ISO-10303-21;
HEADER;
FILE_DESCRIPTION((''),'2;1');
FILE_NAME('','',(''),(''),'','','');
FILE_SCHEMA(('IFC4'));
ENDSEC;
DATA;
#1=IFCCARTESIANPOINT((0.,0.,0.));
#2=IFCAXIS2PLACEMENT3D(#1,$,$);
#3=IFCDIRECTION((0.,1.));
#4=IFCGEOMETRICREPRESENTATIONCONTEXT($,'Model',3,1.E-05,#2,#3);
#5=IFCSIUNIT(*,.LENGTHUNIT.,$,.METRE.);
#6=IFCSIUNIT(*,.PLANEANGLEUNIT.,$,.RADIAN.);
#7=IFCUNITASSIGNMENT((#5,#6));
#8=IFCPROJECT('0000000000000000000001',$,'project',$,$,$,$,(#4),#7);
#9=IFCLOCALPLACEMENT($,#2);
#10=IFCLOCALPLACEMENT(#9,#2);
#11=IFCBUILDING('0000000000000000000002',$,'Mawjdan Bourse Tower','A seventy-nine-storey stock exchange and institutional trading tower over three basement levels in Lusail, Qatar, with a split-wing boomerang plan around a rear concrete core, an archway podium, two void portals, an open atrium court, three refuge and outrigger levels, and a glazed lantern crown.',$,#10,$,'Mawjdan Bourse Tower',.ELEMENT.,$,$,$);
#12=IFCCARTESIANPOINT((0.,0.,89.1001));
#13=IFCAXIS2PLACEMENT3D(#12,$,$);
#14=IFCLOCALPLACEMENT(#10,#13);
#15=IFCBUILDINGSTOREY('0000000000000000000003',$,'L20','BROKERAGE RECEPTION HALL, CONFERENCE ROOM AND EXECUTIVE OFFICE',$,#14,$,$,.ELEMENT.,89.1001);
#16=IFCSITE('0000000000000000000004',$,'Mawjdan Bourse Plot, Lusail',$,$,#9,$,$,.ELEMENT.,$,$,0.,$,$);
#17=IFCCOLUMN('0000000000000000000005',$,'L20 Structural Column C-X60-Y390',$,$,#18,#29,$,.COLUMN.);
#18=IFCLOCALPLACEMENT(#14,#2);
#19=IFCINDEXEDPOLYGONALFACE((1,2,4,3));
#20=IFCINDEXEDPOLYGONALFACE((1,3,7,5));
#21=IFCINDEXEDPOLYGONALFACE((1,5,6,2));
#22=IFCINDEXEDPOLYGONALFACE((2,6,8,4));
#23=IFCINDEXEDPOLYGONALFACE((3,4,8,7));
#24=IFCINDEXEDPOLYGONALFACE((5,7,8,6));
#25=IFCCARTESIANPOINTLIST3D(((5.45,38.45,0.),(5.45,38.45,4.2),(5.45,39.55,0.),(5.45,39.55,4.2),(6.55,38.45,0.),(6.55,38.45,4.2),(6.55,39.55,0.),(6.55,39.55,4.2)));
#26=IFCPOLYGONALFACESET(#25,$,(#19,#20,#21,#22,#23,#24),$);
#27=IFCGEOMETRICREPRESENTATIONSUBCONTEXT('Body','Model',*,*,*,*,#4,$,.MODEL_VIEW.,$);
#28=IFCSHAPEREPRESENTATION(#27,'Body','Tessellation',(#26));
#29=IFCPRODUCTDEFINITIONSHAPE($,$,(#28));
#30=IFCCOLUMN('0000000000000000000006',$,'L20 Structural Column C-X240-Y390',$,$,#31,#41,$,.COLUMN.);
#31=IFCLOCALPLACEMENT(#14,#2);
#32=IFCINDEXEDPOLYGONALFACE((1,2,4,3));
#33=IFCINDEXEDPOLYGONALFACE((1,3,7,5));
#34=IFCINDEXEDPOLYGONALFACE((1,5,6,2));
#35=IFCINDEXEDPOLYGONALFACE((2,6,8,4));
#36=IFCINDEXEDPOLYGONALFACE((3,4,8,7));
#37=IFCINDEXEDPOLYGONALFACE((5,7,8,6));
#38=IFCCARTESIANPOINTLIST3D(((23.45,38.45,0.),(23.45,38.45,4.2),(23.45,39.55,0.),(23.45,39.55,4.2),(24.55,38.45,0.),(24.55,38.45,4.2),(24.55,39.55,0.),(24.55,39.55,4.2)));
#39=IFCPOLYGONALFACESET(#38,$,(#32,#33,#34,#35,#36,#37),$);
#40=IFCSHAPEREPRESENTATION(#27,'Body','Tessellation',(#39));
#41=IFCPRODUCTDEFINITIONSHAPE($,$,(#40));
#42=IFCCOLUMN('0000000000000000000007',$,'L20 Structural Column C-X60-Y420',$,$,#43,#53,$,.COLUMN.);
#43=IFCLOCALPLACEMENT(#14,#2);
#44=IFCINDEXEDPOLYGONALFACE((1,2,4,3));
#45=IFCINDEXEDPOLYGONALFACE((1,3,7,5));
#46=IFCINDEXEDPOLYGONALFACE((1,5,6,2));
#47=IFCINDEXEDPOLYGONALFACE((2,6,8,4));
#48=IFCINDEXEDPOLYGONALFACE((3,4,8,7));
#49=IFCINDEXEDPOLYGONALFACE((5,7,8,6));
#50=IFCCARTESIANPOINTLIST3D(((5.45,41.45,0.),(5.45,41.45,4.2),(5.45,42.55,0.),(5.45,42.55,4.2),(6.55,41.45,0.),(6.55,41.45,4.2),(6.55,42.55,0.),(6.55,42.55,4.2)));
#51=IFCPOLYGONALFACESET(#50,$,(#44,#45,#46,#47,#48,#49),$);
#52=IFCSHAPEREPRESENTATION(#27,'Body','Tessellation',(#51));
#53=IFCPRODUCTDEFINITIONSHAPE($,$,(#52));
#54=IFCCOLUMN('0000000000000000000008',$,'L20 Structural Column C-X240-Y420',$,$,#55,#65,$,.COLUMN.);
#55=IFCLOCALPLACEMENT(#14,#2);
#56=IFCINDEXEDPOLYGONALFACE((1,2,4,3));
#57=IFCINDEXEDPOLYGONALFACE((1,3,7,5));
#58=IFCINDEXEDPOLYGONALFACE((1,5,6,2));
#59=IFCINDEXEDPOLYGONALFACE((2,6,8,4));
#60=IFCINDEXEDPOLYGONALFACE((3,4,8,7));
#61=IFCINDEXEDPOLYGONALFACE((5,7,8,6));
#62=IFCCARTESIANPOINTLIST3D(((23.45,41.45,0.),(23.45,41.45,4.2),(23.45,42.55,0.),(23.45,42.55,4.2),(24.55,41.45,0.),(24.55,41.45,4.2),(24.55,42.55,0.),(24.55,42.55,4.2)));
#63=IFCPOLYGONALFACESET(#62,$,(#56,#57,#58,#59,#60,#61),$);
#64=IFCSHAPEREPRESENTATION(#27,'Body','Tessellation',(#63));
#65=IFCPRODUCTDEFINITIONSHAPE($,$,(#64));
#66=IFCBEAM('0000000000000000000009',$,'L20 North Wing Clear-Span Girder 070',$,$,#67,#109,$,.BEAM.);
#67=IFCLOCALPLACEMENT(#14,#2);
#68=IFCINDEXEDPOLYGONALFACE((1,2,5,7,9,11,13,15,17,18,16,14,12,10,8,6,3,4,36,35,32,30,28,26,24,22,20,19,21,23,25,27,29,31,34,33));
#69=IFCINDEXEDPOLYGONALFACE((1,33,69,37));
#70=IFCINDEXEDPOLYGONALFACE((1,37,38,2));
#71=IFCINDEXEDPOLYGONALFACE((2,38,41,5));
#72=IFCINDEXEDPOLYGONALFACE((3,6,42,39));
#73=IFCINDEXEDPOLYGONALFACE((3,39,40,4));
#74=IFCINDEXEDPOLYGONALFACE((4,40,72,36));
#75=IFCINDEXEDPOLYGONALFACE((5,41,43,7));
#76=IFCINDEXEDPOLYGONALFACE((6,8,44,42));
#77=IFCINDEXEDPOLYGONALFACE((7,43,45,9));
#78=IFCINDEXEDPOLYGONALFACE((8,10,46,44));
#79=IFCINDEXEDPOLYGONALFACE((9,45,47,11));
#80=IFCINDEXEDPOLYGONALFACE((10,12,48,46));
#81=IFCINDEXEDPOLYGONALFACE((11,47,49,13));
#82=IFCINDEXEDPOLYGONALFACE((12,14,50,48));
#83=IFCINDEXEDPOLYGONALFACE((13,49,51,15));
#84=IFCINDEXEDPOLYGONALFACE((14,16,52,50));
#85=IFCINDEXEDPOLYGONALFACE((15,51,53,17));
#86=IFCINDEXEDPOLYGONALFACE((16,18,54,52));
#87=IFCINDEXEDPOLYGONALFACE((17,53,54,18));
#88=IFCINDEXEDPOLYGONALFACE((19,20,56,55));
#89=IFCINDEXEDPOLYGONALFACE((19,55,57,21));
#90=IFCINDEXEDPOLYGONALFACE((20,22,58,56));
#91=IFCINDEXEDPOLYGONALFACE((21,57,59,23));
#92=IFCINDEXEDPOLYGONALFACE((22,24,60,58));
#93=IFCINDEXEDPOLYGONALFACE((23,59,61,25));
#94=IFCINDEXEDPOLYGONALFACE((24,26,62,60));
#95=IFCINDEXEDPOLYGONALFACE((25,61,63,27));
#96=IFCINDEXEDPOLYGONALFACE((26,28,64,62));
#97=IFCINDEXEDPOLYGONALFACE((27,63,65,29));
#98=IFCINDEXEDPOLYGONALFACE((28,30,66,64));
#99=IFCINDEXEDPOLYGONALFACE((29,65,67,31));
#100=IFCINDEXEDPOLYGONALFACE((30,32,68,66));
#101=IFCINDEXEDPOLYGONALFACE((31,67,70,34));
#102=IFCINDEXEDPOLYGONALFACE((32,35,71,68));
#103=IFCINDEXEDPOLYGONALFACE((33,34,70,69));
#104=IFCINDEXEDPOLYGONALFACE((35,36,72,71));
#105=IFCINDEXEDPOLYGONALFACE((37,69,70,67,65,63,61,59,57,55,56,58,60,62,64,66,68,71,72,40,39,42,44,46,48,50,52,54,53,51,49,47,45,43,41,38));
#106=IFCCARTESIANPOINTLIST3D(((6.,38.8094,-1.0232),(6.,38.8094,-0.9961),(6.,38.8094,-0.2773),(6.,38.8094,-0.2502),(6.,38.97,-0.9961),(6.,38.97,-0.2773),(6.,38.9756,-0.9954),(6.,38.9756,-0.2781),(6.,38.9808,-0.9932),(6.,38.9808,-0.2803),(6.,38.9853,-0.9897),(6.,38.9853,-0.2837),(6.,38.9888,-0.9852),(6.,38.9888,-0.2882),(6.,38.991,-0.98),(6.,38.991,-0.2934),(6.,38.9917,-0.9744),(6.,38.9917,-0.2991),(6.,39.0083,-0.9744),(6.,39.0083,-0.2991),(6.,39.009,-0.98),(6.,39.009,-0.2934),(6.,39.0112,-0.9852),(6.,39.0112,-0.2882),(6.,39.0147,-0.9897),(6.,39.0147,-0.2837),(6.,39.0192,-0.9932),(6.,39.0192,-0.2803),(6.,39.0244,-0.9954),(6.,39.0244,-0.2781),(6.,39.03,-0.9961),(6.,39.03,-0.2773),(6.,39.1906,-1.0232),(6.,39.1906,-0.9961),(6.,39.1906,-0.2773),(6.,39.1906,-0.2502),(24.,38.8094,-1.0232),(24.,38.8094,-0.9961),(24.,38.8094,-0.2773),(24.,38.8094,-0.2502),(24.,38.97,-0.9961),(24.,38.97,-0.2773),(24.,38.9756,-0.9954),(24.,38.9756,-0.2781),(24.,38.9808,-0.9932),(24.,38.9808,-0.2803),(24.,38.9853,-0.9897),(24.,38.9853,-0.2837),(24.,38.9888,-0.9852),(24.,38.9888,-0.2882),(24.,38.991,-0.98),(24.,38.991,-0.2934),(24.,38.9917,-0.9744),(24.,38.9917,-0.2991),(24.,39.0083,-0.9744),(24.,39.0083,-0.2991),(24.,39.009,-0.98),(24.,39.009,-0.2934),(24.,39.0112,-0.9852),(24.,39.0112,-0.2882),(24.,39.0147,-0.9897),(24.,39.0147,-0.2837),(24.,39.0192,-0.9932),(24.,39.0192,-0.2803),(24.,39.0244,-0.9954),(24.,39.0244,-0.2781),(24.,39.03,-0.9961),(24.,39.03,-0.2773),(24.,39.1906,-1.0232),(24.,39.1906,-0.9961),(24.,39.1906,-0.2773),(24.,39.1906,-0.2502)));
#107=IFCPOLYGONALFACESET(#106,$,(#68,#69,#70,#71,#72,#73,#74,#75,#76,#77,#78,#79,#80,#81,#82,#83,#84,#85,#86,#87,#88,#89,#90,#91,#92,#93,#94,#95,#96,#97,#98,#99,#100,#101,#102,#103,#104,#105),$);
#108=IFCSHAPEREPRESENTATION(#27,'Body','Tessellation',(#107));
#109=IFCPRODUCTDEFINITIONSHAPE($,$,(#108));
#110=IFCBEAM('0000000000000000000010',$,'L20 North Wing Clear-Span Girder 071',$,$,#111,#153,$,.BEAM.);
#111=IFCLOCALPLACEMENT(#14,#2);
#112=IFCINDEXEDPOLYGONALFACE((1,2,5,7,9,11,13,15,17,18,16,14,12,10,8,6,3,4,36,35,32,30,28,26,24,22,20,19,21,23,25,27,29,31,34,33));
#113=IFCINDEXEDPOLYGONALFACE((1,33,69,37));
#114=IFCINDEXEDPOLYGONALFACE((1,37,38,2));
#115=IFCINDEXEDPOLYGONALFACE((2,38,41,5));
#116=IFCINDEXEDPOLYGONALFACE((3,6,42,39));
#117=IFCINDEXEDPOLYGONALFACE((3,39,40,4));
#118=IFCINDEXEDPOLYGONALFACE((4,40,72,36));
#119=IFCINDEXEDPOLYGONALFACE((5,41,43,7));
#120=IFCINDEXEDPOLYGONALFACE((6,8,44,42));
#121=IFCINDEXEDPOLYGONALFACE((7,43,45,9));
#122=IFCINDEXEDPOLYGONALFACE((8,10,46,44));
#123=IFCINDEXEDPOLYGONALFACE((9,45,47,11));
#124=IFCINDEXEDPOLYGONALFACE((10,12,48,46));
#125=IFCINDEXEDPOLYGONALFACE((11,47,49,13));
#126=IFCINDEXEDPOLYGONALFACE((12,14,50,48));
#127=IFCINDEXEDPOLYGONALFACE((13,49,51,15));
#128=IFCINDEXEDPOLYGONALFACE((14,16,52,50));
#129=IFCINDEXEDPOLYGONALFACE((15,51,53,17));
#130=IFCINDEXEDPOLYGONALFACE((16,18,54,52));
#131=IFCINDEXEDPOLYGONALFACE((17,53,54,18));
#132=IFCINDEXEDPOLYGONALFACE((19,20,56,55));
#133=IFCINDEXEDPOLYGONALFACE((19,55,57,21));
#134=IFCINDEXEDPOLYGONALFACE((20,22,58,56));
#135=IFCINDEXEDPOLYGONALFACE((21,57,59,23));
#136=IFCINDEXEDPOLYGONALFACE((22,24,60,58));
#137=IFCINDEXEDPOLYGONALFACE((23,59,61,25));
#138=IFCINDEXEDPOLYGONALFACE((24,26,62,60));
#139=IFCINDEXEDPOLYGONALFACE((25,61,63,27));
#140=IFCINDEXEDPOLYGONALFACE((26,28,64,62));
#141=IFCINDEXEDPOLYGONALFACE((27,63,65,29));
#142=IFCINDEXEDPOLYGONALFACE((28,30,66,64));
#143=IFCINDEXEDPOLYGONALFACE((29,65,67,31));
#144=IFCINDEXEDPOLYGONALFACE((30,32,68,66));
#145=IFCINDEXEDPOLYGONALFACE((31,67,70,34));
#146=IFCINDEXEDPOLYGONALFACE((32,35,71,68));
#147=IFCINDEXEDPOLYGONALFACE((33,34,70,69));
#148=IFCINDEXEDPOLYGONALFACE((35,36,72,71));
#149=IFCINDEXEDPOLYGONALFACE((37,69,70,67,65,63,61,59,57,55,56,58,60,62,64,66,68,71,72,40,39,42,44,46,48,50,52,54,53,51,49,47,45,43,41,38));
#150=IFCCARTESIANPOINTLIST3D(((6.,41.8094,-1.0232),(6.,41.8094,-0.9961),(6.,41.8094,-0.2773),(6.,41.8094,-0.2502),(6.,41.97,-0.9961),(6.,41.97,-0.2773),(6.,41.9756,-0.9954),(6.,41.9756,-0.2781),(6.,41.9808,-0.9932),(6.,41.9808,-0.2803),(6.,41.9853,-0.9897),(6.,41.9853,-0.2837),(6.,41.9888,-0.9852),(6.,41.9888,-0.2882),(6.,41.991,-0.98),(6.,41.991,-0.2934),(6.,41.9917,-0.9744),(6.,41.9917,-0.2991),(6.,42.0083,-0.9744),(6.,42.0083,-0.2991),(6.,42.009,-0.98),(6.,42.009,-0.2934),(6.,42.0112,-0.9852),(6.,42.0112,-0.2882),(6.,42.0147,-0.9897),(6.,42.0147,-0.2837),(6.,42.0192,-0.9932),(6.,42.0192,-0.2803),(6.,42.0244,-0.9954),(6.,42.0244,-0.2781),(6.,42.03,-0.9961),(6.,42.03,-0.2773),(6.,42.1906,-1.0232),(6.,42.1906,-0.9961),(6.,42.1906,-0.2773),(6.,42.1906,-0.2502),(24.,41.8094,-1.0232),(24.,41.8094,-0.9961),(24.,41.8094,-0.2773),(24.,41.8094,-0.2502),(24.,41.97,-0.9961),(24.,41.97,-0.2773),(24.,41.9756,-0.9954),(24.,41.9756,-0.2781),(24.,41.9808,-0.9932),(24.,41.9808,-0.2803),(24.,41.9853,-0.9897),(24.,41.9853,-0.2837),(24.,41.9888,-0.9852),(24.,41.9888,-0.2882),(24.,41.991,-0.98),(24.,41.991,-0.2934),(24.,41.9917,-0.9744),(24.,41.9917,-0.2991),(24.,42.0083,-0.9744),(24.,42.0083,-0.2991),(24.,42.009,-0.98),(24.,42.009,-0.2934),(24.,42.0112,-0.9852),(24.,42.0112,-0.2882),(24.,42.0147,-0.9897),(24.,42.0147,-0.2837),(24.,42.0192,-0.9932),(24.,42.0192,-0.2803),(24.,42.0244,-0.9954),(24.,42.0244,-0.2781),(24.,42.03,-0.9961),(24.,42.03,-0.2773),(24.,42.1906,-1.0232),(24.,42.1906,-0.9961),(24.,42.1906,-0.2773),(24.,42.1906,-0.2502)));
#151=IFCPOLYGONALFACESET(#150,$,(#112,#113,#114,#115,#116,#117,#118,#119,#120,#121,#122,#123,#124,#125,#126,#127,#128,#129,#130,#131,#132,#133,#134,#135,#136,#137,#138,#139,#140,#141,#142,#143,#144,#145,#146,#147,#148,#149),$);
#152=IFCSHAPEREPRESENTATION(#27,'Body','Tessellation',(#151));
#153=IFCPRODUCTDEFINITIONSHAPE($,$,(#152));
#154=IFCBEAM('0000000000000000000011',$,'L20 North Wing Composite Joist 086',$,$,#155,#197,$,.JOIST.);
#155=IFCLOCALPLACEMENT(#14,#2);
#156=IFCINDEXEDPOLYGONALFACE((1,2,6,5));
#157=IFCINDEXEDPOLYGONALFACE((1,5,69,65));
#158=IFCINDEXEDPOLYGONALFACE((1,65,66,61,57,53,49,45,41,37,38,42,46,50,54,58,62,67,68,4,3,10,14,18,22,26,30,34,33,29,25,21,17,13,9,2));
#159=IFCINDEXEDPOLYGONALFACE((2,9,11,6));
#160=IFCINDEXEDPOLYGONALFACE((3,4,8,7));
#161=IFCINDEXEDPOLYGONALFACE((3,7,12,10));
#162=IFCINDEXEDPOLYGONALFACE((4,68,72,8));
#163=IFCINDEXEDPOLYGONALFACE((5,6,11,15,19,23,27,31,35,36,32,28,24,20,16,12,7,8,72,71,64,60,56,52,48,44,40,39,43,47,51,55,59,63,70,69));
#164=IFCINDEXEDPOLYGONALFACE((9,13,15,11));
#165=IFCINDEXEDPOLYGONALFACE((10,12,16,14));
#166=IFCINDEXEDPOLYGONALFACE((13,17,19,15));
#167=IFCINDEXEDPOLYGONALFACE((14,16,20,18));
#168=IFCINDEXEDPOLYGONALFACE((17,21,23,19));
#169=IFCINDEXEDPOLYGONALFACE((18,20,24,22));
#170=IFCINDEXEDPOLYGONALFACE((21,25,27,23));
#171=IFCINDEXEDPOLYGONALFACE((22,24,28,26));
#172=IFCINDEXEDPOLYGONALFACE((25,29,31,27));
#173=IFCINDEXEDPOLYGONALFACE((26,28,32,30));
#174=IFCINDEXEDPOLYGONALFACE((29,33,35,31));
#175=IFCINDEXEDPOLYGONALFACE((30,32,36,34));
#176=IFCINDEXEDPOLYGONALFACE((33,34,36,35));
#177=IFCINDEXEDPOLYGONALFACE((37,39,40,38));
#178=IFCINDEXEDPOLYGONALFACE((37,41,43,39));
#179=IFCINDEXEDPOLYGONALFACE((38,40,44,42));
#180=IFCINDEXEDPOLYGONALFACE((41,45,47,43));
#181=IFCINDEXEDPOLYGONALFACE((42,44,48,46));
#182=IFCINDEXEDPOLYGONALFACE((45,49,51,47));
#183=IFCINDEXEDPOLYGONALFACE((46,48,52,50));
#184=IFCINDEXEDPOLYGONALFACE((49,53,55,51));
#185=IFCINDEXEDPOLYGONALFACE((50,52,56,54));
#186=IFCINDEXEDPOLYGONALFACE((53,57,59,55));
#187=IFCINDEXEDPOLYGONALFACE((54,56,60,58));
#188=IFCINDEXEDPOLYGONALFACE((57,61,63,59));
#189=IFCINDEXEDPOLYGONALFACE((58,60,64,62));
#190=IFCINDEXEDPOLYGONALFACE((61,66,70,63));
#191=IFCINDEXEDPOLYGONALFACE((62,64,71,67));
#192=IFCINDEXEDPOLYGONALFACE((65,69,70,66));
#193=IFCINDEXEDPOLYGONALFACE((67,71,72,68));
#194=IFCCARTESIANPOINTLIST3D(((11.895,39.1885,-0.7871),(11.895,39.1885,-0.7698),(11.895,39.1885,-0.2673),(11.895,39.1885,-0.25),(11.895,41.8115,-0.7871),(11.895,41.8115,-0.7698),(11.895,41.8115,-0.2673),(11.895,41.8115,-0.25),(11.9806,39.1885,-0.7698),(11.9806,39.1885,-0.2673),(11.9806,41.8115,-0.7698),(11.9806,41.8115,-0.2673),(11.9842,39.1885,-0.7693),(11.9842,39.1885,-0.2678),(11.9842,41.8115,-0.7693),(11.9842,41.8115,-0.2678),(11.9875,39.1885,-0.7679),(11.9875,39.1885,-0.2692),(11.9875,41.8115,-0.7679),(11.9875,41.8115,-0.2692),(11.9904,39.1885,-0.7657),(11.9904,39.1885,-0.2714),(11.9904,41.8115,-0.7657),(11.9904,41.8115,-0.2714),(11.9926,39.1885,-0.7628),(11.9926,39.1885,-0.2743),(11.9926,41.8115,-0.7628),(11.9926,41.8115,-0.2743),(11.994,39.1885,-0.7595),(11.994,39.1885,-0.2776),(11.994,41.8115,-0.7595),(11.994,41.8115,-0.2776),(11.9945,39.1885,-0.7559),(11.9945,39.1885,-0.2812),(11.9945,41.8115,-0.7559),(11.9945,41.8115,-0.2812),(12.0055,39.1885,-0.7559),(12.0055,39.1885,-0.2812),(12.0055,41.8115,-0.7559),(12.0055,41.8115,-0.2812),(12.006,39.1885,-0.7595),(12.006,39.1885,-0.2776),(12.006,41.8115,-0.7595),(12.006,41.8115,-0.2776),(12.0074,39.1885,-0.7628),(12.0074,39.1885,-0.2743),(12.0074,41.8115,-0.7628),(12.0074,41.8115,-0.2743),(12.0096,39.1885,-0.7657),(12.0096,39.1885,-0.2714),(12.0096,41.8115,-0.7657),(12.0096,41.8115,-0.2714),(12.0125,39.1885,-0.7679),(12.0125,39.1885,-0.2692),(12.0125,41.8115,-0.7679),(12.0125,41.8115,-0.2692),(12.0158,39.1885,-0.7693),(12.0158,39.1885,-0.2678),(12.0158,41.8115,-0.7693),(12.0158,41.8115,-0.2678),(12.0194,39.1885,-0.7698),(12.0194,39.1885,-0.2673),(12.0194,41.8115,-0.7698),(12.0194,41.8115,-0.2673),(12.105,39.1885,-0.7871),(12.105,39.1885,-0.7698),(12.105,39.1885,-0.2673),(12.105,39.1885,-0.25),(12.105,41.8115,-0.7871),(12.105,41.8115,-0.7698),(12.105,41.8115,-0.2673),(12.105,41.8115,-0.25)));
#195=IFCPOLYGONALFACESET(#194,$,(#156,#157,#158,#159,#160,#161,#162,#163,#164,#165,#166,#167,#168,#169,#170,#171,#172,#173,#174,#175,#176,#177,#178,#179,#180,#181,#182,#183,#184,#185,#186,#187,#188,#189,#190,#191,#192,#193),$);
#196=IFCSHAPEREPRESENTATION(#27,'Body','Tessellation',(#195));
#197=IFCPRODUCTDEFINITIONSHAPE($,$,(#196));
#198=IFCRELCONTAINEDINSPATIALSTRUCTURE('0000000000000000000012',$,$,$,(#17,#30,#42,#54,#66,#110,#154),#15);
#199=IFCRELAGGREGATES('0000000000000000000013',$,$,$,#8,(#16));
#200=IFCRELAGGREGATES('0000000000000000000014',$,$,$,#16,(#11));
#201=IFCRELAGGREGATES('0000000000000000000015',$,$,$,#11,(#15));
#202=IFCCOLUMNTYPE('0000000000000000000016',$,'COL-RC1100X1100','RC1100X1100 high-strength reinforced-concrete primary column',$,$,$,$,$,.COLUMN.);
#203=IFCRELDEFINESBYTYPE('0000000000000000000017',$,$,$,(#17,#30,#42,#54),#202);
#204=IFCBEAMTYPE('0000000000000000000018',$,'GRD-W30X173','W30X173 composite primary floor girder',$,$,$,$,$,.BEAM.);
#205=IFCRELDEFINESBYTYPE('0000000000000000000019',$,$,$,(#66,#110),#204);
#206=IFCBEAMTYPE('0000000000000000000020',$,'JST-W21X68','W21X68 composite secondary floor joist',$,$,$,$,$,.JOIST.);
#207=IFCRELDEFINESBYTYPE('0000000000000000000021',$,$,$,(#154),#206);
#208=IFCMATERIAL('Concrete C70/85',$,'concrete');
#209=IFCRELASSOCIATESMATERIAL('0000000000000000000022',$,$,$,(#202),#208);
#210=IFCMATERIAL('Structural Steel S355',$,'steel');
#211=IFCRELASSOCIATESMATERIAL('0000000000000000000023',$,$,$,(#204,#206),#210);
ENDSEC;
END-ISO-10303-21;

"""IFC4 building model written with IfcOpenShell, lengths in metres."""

from ifc_helpers import new_model, si_unit, direction, frame, origin, origin_2d, place, context, subcontext, project, spatial, rectangle, i_section, extrude, material, material_profile, profile_set, type_object, element, save


model = new_model("IFC4")

# Units and contexts
model_context = context("Model", 3, precision=1e-05, world=origin(), true_north=direction((0.0, 1.0)))
body_context = subcontext(model_context, "Body", "Model", "MODEL_VIEW")
ifc_project = project(units=[si_unit("LENGTHUNIT", "METRE"), si_unit("PLANEANGLEUNIT", "RADIAN")], contexts=[model_context])

# Site, building, storey
site_placement = place(None, origin())
site = spatial("IfcSite", under=ifc_project, at=site_placement, Name="Mawjdan Bourse Plot, Lusail", CompositionType="ELEMENT", RefElevation=0.0)
building_placement = place(site_placement, origin())
building = spatial("IfcBuilding", under=site, at=building_placement, Name="Mawjdan Bourse Tower", Description="A seventy-nine-storey stock exchange and institutional trading tower over three basement levels in Lusail, Qatar, with a split-wing boomerang plan around a rear concrete core, an archway podium, two void portals, an open atrium court, three refuge and outrigger levels, and a glazed lantern crown.", LongName="Mawjdan Bourse Tower", CompositionType="ELEMENT")
storey_placement = place(building_placement, frame((0.0, 0.0, 89.1001)))
storey = spatial("IfcBuildingStorey", under=building, at=storey_placement, Name="L20", Description="BROKERAGE RECEPTION HALL, CONFERENCE ROOM AND EXECUTIVE OFFICE", CompositionType="ELEMENT", Elevation=89.1001)

# Columns
ifc_material_1 = material(Name="Concrete C70/85", Category="concrete")
ifc_material_profile_1 = material_profile(ifc_material_1, rectangle(XDim=1.1001, YDim=1.1001, at=origin_2d()), Name="RC1100X1100")
ifc_profile_set_1 = profile_set([ifc_material_profile_1], Name="Concrete C70/85")
column_type = type_object("IfcColumnType", Name="COL-RC1100X1100", Description="RC1100X1100 high-strength reinforced-concrete primary column", PredefinedType="COLUMN", material=ifc_profile_set_1)
for number, where, z_axis, x_axis, name in (
    (1, (6.0, 39.0, 0.0), (0.0, 0.0, 1.0), (1.0, 0.0, 0.0), "L20 Structural Column C-X60-Y390"),
    (2, (24.0, 39.0, 0.0), (0.0, 0.0, 1.0), (1.0, 0.0, 0.0), "L20 Structural Column C-X240-Y390"),
    (3, (6.0, 42.0, 0.0), (0.0, 0.0, 1.0), (1.0, 0.0, 0.0), "L20 Structural Column C-X60-Y420"),
    (4, (24.0, 42.0, 0.0), (0.0, 0.0, 1.0), (1.0, 0.0, 0.0), "L20 Structural Column C-X240-Y420"),
):
    element("IfcColumn", number, at=place(storey_placement, frame(where, z_axis=z_axis, x_axis=x_axis)), inside=storey, type_object=column_type, Name=name, PredefinedType="COLUMN", context=body_context, shape_type="SweptSolid", body=[
        extrude(rectangle(XDim=1.1001, YDim=1.1001, at=origin_2d()), origin(), (0.0, 0.0, 1.0), 4.2),
    ])

# Beams
ifc_material_2 = material(Name="Structural Steel S355", Category="steel")
ifc_material_profile_2 = material_profile(ifc_material_2, i_section(OverallWidth=0.3811, OverallDepth=0.7729, WebThickness=0.0166, FlangeThickness=0.0271, FilletRadius=0.0217, at=origin_2d()), Name="W30X173")
ifc_profile_set_2 = profile_set([ifc_material_profile_2], Name="Structural Steel S355")
beam_type_1 = type_object("IfcBeamType", Name="GRD-W30X173", Description="W30X173 composite primary floor girder", PredefinedType="BEAM", material=ifc_profile_set_2)
for number, where, z_axis, x_axis, name in (
    (5, (6.0, 39.0, -0.6367), (1.0, 0.0, 0.0), (0.0, 1.0, 0.0), "L20 North Wing Clear-Span Girder 070"),
    (6, (6.0, 42.0, -0.6367), (1.0, 0.0, 0.0), (0.0, 1.0, 0.0), "L20 North Wing Clear-Span Girder 071"),
):
    element("IfcBeam", number, at=place(storey_placement, frame(where, z_axis=z_axis, x_axis=x_axis)), inside=storey, type_object=beam_type_1, Name=name, PredefinedType="BEAM", context=body_context, shape_type="SweptSolid", body=[
        extrude(i_section(OverallWidth=0.3811, OverallDepth=0.7729, WebThickness=0.0166, FlangeThickness=0.0271, FilletRadius=0.0217, at=origin_2d()), origin(), (0.0, 0.0, 1.0), 18.0),
    ])
ifc_material_profile_3 = material_profile(ifc_material_2, i_section(OverallWidth=0.21, OverallDepth=0.5371, WebThickness=0.011, FlangeThickness=0.0173, FilletRadius=0.0139, at=origin_2d()), Name="W21X68")
ifc_profile_set_3 = profile_set([ifc_material_profile_3], Name="Structural Steel S355")
beam_type_2 = type_object("IfcBeamType", Name="JST-W21X68", Description="W21X68 composite secondary floor joist", PredefinedType="JOIST", material=ifc_profile_set_3)
for number, where, z_axis, x_axis, name in (
    (7, (12.0, 39.1885, -0.5186), (0.0, 1.0, 0.0), (-1.0, 0.0, 0.0), "L20 North Wing Composite Joist 086"),
):
    element("IfcBeam", number, at=place(storey_placement, frame(where, z_axis=z_axis, x_axis=x_axis)), inside=storey, type_object=beam_type_2, Name=name, PredefinedType="JOIST", context=body_context, shape_type="SweptSolid", body=[
        extrude(i_section(OverallWidth=0.21, OverallDepth=0.5371, WebThickness=0.011, FlangeThickness=0.0173, FilletRadius=0.0139, at=origin_2d()), origin(), (0.0, 0.0, 1.0), 2.623),
    ])

save(model, "model.ifc")
